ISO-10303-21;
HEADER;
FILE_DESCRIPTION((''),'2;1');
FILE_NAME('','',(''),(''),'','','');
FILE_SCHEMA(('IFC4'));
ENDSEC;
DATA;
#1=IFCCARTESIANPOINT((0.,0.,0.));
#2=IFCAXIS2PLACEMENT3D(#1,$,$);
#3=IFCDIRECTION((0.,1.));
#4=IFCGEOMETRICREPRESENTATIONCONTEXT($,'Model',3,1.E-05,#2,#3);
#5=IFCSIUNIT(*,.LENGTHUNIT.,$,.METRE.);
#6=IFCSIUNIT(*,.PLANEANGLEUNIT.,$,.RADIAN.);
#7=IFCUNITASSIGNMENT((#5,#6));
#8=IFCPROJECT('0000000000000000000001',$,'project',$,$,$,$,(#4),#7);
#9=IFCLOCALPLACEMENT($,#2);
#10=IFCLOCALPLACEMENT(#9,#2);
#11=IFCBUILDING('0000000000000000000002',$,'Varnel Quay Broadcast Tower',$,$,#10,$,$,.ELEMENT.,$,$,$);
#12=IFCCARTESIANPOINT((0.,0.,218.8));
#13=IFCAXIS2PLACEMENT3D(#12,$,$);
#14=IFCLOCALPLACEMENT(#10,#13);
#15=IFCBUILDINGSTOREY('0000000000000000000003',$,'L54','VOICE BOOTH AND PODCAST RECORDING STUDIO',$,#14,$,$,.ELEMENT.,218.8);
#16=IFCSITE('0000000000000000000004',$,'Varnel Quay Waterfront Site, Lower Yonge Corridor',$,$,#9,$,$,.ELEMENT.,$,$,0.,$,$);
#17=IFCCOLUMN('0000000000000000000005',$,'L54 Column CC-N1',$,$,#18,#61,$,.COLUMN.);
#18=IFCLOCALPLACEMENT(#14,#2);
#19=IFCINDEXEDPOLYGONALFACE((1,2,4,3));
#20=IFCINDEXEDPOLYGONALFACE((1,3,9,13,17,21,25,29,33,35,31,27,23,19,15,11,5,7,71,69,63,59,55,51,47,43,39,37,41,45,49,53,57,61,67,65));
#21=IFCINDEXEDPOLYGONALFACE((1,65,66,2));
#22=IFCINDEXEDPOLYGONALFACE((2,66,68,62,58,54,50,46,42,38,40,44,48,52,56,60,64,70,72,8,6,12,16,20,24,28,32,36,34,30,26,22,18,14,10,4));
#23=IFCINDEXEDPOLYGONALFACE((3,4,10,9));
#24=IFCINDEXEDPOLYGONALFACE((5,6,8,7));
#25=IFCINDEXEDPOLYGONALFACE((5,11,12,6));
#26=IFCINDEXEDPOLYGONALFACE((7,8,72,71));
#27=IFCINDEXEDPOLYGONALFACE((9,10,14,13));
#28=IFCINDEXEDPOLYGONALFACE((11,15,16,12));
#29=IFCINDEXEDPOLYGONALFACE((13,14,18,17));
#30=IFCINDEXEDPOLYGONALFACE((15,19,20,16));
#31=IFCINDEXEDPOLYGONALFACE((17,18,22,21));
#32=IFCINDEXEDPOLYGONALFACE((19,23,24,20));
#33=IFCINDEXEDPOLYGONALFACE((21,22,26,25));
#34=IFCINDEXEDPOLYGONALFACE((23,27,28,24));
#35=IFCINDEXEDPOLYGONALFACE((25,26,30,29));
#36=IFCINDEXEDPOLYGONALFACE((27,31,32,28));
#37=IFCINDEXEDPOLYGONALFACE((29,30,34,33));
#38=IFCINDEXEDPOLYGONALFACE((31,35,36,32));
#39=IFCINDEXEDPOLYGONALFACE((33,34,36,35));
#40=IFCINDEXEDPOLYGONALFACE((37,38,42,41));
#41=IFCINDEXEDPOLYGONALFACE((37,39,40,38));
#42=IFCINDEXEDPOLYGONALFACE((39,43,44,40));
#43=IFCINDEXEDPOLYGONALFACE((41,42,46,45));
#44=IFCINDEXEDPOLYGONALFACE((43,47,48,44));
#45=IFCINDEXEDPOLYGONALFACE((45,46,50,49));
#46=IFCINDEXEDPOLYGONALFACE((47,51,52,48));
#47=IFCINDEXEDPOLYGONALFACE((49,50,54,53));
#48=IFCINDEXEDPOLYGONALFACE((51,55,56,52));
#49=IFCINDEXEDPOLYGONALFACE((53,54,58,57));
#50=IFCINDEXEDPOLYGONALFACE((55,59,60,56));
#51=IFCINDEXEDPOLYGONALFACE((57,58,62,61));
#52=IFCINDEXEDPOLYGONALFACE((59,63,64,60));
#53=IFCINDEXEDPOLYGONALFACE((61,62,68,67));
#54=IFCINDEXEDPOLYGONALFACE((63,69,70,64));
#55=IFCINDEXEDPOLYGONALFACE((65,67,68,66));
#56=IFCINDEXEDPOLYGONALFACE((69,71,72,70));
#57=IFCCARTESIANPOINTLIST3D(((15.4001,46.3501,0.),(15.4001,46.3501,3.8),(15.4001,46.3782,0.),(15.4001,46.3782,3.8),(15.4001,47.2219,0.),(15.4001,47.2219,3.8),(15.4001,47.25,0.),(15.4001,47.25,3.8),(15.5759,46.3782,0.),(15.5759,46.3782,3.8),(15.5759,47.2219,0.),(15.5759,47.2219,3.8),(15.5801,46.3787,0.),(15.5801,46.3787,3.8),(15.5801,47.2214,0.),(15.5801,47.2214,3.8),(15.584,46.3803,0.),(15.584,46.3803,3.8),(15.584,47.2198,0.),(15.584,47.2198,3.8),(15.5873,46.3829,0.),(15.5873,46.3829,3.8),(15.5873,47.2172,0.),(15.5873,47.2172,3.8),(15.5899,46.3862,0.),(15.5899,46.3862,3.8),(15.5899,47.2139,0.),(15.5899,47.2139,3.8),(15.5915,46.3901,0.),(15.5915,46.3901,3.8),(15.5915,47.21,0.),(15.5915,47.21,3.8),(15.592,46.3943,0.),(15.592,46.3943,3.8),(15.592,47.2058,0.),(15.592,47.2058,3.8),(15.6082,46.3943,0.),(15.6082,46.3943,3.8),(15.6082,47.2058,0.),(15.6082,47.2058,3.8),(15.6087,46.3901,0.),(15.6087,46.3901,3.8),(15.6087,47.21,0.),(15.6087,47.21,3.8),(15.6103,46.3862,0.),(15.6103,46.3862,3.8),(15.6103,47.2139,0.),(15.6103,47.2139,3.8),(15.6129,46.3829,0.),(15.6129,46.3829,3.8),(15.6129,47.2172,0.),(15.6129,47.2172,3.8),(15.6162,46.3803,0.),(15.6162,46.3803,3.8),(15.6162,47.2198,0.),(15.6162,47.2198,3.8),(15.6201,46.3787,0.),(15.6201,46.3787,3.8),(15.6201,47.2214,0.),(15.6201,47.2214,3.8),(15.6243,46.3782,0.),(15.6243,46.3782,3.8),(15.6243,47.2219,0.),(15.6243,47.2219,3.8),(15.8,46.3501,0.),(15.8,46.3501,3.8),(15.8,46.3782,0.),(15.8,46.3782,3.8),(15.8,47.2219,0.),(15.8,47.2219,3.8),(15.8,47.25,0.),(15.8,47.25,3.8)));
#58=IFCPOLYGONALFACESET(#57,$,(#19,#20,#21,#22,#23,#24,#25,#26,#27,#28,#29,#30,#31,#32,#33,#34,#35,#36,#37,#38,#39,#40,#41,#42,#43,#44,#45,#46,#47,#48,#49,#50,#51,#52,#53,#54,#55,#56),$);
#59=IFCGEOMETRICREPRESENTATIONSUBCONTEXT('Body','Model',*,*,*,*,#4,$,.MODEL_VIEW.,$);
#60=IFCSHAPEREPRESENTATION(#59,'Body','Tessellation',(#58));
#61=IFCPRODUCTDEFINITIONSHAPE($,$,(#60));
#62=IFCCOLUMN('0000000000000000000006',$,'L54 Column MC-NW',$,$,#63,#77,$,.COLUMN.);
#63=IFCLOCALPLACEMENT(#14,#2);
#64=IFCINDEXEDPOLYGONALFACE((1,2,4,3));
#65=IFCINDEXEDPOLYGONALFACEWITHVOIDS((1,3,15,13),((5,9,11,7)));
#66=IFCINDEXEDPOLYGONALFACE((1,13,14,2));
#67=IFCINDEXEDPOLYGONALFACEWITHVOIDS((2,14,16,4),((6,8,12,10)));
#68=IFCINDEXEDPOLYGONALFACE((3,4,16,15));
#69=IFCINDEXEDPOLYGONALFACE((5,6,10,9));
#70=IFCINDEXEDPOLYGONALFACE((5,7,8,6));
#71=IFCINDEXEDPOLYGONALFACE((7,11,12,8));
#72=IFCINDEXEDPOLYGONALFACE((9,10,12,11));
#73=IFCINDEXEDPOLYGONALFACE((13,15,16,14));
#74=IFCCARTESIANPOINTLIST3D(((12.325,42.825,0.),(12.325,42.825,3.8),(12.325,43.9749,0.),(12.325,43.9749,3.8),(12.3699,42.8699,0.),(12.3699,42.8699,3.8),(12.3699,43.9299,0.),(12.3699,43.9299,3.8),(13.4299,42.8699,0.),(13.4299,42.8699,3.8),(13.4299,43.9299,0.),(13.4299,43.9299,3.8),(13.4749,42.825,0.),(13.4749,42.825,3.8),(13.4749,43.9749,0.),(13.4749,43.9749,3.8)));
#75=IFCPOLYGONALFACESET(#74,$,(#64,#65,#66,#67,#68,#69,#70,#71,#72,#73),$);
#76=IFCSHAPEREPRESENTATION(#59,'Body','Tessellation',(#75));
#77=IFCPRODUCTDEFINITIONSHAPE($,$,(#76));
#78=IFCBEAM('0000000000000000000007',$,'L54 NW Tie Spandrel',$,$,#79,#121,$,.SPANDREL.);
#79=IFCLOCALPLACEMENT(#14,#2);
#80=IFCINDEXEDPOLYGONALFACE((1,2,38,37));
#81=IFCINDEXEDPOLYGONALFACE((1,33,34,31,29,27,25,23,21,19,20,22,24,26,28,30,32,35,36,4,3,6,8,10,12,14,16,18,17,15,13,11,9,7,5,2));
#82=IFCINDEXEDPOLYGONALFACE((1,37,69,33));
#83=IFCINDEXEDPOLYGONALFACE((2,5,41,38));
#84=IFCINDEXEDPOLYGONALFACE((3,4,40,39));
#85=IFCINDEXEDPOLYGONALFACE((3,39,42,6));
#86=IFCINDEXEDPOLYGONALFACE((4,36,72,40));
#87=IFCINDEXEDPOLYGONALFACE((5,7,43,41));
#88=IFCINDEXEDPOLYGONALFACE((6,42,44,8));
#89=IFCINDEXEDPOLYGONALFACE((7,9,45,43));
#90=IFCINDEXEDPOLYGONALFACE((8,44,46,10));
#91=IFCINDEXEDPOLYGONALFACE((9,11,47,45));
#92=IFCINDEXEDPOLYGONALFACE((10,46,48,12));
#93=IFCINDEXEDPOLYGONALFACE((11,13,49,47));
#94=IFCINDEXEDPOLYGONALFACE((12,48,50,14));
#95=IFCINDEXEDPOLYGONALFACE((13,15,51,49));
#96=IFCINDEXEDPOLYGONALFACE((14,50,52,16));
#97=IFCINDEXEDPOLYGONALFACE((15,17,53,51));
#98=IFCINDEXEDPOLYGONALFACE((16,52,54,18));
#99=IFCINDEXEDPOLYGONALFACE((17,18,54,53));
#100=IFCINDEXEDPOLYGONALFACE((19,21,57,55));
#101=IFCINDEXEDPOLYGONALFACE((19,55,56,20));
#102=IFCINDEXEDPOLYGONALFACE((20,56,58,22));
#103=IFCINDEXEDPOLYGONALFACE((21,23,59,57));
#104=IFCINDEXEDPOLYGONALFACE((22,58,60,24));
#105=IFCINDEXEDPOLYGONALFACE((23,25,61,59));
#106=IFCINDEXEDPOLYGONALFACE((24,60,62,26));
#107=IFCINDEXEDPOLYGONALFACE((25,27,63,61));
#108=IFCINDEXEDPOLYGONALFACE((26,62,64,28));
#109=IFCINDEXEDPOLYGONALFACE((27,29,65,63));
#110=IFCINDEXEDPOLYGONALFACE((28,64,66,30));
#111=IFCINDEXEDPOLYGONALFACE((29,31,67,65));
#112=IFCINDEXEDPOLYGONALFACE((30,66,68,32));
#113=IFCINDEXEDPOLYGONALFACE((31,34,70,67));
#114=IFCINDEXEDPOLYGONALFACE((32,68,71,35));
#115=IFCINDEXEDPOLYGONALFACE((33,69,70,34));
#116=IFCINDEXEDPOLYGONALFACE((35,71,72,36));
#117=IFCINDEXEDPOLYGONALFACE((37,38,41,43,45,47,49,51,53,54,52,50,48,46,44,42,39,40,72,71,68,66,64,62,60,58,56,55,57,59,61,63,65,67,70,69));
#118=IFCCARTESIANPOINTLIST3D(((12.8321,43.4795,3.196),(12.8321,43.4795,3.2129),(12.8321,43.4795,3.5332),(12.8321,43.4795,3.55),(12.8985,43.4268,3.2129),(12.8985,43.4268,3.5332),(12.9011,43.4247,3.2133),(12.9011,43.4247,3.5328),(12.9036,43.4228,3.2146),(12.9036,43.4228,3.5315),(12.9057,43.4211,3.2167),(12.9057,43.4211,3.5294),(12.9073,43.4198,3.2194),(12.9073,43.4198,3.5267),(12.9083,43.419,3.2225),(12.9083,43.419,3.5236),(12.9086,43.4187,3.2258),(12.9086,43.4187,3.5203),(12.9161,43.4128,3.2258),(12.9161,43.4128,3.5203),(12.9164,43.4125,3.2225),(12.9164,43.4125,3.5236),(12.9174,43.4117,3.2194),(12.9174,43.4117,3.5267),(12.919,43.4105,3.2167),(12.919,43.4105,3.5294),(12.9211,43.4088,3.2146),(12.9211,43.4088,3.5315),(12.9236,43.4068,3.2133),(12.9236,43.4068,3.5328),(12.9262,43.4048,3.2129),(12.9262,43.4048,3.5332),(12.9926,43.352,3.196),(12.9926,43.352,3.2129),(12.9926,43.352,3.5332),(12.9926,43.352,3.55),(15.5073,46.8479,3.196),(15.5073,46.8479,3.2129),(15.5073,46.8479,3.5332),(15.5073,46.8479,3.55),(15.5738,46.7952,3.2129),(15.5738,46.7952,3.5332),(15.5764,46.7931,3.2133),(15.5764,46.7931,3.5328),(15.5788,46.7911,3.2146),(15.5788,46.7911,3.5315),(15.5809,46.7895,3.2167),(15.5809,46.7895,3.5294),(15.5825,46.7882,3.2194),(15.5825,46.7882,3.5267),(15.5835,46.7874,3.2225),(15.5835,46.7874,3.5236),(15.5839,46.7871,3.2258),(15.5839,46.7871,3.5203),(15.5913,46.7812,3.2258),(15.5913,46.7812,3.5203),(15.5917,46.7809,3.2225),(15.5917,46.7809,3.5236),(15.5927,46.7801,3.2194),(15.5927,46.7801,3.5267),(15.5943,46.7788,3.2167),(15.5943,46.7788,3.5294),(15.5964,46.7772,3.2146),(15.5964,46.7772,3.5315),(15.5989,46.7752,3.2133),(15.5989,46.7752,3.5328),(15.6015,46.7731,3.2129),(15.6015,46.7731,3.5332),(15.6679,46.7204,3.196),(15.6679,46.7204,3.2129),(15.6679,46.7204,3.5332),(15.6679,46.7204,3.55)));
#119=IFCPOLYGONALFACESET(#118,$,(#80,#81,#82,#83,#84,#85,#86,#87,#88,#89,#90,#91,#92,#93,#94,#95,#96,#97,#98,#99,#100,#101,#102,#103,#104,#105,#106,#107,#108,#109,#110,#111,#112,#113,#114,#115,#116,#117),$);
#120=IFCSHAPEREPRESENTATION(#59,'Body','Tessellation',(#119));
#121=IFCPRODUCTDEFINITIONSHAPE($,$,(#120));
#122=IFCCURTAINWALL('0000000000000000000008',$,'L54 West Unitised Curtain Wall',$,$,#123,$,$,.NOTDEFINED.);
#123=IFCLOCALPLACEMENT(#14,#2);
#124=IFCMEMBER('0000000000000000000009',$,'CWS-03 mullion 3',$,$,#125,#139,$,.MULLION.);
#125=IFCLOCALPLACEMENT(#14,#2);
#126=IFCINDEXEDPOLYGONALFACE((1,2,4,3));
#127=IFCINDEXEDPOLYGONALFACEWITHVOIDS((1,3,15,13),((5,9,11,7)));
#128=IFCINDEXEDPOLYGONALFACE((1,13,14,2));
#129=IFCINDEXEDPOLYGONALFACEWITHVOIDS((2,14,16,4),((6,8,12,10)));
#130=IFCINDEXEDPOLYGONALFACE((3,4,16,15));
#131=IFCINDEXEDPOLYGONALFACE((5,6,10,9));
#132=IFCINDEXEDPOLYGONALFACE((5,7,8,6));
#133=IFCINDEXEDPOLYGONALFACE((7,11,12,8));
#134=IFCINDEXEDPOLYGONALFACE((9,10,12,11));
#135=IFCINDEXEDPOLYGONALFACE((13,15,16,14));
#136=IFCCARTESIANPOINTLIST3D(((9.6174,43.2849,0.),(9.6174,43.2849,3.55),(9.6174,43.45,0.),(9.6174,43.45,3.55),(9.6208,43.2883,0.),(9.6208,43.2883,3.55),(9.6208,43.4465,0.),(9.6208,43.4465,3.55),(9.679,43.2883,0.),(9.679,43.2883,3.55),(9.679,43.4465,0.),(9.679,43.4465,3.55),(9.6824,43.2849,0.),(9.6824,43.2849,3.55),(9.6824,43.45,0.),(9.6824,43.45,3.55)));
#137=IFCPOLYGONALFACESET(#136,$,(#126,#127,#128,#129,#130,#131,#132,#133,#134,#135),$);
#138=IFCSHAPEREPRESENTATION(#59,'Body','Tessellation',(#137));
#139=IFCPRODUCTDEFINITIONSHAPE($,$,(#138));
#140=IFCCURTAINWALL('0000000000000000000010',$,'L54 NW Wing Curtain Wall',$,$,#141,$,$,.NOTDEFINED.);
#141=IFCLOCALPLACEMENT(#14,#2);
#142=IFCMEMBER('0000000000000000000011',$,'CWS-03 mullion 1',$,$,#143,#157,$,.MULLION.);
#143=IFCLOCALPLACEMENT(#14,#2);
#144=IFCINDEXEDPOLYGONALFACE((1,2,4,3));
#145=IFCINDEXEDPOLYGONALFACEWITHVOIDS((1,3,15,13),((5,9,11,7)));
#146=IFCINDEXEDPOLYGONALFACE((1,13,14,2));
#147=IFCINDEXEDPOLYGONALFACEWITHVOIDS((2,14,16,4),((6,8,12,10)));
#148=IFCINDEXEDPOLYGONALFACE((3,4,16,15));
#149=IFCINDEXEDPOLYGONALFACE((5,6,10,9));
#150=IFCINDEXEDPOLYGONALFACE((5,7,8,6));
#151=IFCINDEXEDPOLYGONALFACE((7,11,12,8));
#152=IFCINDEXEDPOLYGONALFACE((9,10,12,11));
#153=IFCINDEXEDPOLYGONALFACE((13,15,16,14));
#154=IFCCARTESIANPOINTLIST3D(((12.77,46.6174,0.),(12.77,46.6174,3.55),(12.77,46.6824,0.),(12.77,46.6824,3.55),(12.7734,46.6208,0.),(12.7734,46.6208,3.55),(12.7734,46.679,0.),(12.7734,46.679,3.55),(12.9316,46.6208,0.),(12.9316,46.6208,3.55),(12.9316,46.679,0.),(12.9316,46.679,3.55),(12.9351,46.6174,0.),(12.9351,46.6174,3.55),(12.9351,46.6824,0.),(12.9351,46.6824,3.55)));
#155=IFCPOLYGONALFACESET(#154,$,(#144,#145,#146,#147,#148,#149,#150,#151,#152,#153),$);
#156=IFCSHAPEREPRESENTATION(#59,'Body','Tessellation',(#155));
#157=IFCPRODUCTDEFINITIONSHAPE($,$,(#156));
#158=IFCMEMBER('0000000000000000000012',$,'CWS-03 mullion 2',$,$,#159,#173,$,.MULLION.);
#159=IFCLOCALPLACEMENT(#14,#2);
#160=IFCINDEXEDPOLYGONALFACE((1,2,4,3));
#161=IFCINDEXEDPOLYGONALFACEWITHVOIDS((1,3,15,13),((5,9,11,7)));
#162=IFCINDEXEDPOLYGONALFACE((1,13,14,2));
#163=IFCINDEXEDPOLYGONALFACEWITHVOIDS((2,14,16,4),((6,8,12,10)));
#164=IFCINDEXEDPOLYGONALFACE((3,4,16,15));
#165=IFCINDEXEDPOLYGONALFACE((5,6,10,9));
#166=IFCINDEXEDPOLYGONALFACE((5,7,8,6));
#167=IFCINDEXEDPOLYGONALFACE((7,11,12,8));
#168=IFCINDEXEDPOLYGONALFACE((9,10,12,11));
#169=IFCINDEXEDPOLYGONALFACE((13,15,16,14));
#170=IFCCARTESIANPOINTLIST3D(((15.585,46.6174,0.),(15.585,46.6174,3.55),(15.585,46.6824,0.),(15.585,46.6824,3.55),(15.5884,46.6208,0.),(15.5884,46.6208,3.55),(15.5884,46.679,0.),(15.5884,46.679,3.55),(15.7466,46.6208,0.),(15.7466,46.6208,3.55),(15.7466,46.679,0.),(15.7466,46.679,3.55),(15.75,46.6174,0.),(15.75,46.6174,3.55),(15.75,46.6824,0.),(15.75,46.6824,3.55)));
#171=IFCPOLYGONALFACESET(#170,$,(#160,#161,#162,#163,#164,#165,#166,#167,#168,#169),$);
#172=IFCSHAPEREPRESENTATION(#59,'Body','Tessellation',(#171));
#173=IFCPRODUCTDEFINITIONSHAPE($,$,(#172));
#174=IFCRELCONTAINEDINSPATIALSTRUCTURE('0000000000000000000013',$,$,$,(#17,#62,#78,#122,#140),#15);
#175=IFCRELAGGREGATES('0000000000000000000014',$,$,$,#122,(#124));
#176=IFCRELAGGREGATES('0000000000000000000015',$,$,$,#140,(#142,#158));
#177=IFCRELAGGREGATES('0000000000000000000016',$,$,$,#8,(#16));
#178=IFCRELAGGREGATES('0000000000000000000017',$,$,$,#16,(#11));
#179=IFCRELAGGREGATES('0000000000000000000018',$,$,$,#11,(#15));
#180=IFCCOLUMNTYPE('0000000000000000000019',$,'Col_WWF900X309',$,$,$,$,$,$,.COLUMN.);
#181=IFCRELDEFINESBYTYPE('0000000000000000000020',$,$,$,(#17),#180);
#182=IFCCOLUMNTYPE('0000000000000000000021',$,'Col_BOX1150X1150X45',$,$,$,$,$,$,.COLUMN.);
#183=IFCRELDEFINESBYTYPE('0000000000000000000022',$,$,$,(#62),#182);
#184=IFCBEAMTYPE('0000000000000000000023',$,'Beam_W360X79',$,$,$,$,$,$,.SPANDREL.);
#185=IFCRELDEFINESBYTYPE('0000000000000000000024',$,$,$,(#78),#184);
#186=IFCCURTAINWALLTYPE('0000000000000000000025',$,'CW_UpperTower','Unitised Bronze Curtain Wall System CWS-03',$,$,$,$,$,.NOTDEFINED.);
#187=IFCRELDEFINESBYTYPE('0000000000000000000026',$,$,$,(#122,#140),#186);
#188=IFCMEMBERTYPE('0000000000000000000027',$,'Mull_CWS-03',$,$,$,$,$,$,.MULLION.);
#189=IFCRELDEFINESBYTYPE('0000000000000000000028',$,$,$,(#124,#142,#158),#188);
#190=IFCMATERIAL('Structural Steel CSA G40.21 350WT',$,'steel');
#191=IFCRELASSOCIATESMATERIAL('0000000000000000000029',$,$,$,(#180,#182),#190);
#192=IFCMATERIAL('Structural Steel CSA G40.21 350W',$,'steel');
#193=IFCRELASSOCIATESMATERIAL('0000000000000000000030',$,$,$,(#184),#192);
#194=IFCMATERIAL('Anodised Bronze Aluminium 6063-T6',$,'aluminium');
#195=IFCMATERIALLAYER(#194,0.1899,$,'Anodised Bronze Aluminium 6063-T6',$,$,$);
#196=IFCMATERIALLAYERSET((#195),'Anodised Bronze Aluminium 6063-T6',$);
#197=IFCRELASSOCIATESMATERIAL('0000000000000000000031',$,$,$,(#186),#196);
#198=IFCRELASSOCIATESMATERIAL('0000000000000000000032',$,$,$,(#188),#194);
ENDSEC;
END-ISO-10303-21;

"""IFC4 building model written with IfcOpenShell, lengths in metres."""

from ifc_helpers import new_model, si_unit, direction, frame, origin, origin_2d, place, context, subcontext, project, spatial, hollow_rectangle, i_section, extrude, source, transform, mapped, material, layer, layer_set, material_profile, profile_set, type_object, type_shapes, element, aggregate, save


model = new_model("IFC4")

# Units and contexts
model_context = context("Model", 3, precision=1e-05, world=origin(), true_north=direction((0.0, 1.0)))
body_context = subcontext(model_context, "Body", "Model", "MODEL_VIEW")
ifc_project = project(units=[si_unit("LENGTHUNIT", "METRE"), si_unit("PLANEANGLEUNIT", "RADIAN")], contexts=[model_context])

# Site, building, storey
site_placement = place(None, origin())
site = spatial("IfcSite", under=ifc_project, at=site_placement, Name="Varnel Quay Waterfront Site, Lower Yonge Corridor", CompositionType="ELEMENT", RefElevation=0.0)
building_placement = place(site_placement, origin())
building = spatial("IfcBuilding", under=site, at=building_placement, Name="Varnel Quay Broadcast Tower", CompositionType="ELEMENT")
storey_placement = place(building_placement, frame((0.0, 0.0, 218.8)))
storey = spatial("IfcBuildingStorey", under=building, at=storey_placement, Name="L54", Description="VOICE BOOTH AND PODCAST RECORDING STUDIO", CompositionType="ELEMENT", Elevation=218.8)

# Columns
ifc_material_1 = material(Name="Structural Steel CSA G40.21 350WT", Category="steel")
ifc_material_profile_1 = material_profile(ifc_material_1, i_section(OverallWidth=0.3999, OverallDepth=0.8999, WebThickness=0.0161, FlangeThickness=0.0281, FilletRadius=0.0161, at=origin_2d()), Name="WWF900X309")
ifc_profile_set_1 = profile_set([ifc_material_profile_1], Name="Structural Steel CSA G40.21 350WT")
column_type_1 = type_object("IfcColumnType", Name="Col_WWF900X309", PredefinedType="COLUMN", material=ifc_profile_set_1)
shared_shape_1 = source(origin(), body_context, "Body", "SweptSolid", [
    extrude(i_section(OverallWidth=0.3999, OverallDepth=0.8999, WebThickness=0.0161, FlangeThickness=0.0281, FilletRadius=0.0161, at=origin_2d()), origin(), (0.0, 0.0, 1.0), 3.8),
])
type_shapes(column_type_1, [shared_shape_1])
column_1_placement = place(storey_placement, frame((15.6001, 46.8, 0.0), z_axis=(0.0, 0.0, 1.0), x_axis=(1.0, 0.0, 0.0)))
element("IfcColumn", 1, at=column_1_placement, inside=storey, type_object=column_type_1, Name="L54 Column CC-N1", PredefinedType="COLUMN", context=body_context, shape_type="MappedRepresentation", body=[
    mapped(shared_shape_1, transform((0.0, 0.0, 0.0), x_axis=(1.0, 0.0, 0.0), y_axis=(0.0, 1.0, 0.0), z_axis=(0.0, 0.0, 1.0), scale=1.0)),
])
ifc_material_profile_2 = material_profile(ifc_material_1, hollow_rectangle(XDim=1.1499, YDim=1.1499, WallThickness=0.0449, at=origin_2d()), Name="BOX1150X1150X45")
ifc_profile_set_2 = profile_set([ifc_material_profile_2], Name="Structural Steel CSA G40.21 350WT")
column_type_2 = type_object("IfcColumnType", Name="Col_BOX1150X1150X45", PredefinedType="COLUMN", material=ifc_profile_set_2)
shared_shape_2 = source(origin(), body_context, "Body", "SweptSolid", [
    extrude(hollow_rectangle(XDim=1.1499, YDim=1.1499, WallThickness=0.0449, at=origin_2d()), origin(), (0.0, 0.0, 1.0), 3.8),
])
type_shapes(column_type_2, [shared_shape_2])
column_2_placement = place(storey_placement, frame((12.8999, 43.3999, 0.0), z_axis=(0.0, 0.0, 1.0), x_axis=(1.0, 0.0, 0.0)))
element("IfcColumn", 2, at=column_2_placement, inside=storey, type_object=column_type_2, Name="L54 Column MC-NW", PredefinedType="COLUMN", context=body_context, shape_type="MappedRepresentation", body=[
    mapped(shared_shape_2, transform((0.0, 0.0, 0.0), x_axis=(1.0, 0.0, 0.0), y_axis=(0.0, 1.0, 0.0), z_axis=(0.0, 0.0, 1.0), scale=1.0)),
])

# Beam
ifc_material_2 = material(Name="Structural Steel CSA G40.21 350W", Category="steel")
ifc_material_profile_3 = material_profile(ifc_material_2, i_section(OverallWidth=0.2051, OverallDepth=0.354, WebThickness=0.0095, FlangeThickness=0.0168, FilletRadius=0.0129, at=origin_2d()), Name="W360X79")
ifc_profile_set_3 = profile_set([ifc_material_profile_3], Name="Structural Steel CSA G40.21 350W")
beam_type = type_object("IfcBeamType", Name="Beam_W360X79", PredefinedType="SPANDREL", material=ifc_profile_set_3)
shared_shape_3 = source(origin(), body_context, "Body", "SweptSolid", [
    extrude(i_section(OverallWidth=0.2051, OverallDepth=0.354, WebThickness=0.0095, FlangeThickness=0.0168, FilletRadius=0.0129, at=origin_2d()), origin(), (0.0, 0.0, 1.0), 4.3015),
])
type_shapes(beam_type, [shared_shape_3])
beam_placement = place(storey_placement, frame((12.9124, 43.4158, 3.373), z_axis=(0.621936, 0.783068, 0.0), x_axis=(-0.783068, 0.621936, 0.0)))
element("IfcBeam", 3, at=beam_placement, inside=storey, type_object=beam_type, Name="L54 NW Tie Spandrel", PredefinedType="SPANDREL", context=body_context, shape_type="MappedRepresentation", body=[
    mapped(shared_shape_3, transform((0.0, 0.0, 0.0), x_axis=(1.0, 0.0, 0.0), y_axis=(0.0, 1.0, 0.0), z_axis=(0.0, 0.0, 1.0), scale=1.0)),
])

# Curtain wall, member
ifc_material_3 = material(Name="Anodised Bronze Aluminium 6063-T6", Category="aluminium")
ifc_layer_1 = layer(ifc_material_3, 0.1899, Name="Anodised Bronze Aluminium 6063-T6")
ifc_layer_set_1 = layer_set([ifc_layer_1], Name="Anodised Bronze Aluminium 6063-T6")
curtain_wall_type = type_object("IfcCurtainWallType", Name="CW_UpperTower", Description="Unitised Bronze Curtain Wall System CWS-03", PredefinedType="NOTDEFINED", material=ifc_layer_set_1)
curtain_wall_1_placement = place(storey_placement, origin())
curtain_wall_1 = element("IfcCurtainWall", 4, at=curtain_wall_1_placement, inside=storey, type_object=curtain_wall_type, Name="L54 West Unitised Curtain Wall", PredefinedType="NOTDEFINED")
ifc_material_profile_4 = material_profile(ifc_material_3, hollow_rectangle(XDim=0.0649, YDim=0.165, WallThickness=0.0034, at=origin_2d()), Name="ALU65X165X3.5")
ifc_profile_set_4 = profile_set([ifc_material_profile_4], Name="Anodised Bronze Aluminium 6063-T6")
member_type_1 = type_object("IfcMemberType", Name="Mull_CWS-03", PredefinedType="MULLION", material=ifc_profile_set_4)
shared_shape_4 = source(origin(), body_context, "Body", "SweptSolid", [
    extrude(hollow_rectangle(XDim=0.0649, YDim=0.165, WallThickness=0.0034, at=origin_2d()), origin(), (0.0, 0.0, 1.0), 3.55),
])
type_shapes(member_type_1, [shared_shape_4])
member_1_placement = place(storey_placement, frame((9.6499, 43.3674, 0.0), z_axis=(0.0, 0.0, 1.0), x_axis=(-1.0, 0.0, 0.0)))
member_1 = element("IfcMember", 5, at=member_1_placement, type_object=member_type_1, Name="CWS-03 mullion 3", PredefinedType="MULLION", context=body_context, shape_type="MappedRepresentation", body=[
    mapped(shared_shape_4, transform((0.0, 0.0, 0.0), x_axis=(1.0, 0.0, 0.0), y_axis=(0.0, 1.0, 0.0), z_axis=(0.0, 0.0, 1.0), scale=1.0)),
])
aggregate(curtain_wall_1, [member_1])

# Curtain wall, members
curtain_wall_2_placement = place(storey_placement, origin())
curtain_wall_2 = element("IfcCurtainWall", 6, at=curtain_wall_2_placement, inside=storey, type_object=curtain_wall_type, Name="L54 NW Wing Curtain Wall", PredefinedType="NOTDEFINED")
member_2_placement = place(storey_placement, frame((12.8525, 46.6499, 0.0), z_axis=(0.0, 0.0, 1.0), x_axis=(0.0, 1.0, 0.0)))
member_2 = element("IfcMember", 7, at=member_2_placement, type_object=member_type_1, Name="CWS-03 mullion 1", PredefinedType="MULLION", context=body_context, shape_type="MappedRepresentation", body=[
    mapped(shared_shape_4, transform((0.0, 0.0, 0.0), x_axis=(1.0, 0.0, 0.0), y_axis=(0.0, 1.0, 0.0), z_axis=(0.0, 0.0, 1.0), scale=1.0)),
])
member_3_placement = place(storey_placement, frame((15.6675, 46.6499, 0.0), z_axis=(0.0, 0.0, 1.0), x_axis=(0.0, 1.0, 0.0)))
member_3 = element("IfcMember", 8, at=member_3_placement, type_object=member_type_1, Name="CWS-03 mullion 2", PredefinedType="MULLION", context=body_context, shape_type="MappedRepresentation", body=[
    mapped(shared_shape_4, transform((0.0, 0.0, 0.0), x_axis=(1.0, 0.0, 0.0), y_axis=(0.0, 1.0, 0.0), z_axis=(0.0, 0.0, 1.0), scale=1.0)),
])
aggregate(curtain_wall_2, [member_2, member_3])

save(model, "model.ifc")
